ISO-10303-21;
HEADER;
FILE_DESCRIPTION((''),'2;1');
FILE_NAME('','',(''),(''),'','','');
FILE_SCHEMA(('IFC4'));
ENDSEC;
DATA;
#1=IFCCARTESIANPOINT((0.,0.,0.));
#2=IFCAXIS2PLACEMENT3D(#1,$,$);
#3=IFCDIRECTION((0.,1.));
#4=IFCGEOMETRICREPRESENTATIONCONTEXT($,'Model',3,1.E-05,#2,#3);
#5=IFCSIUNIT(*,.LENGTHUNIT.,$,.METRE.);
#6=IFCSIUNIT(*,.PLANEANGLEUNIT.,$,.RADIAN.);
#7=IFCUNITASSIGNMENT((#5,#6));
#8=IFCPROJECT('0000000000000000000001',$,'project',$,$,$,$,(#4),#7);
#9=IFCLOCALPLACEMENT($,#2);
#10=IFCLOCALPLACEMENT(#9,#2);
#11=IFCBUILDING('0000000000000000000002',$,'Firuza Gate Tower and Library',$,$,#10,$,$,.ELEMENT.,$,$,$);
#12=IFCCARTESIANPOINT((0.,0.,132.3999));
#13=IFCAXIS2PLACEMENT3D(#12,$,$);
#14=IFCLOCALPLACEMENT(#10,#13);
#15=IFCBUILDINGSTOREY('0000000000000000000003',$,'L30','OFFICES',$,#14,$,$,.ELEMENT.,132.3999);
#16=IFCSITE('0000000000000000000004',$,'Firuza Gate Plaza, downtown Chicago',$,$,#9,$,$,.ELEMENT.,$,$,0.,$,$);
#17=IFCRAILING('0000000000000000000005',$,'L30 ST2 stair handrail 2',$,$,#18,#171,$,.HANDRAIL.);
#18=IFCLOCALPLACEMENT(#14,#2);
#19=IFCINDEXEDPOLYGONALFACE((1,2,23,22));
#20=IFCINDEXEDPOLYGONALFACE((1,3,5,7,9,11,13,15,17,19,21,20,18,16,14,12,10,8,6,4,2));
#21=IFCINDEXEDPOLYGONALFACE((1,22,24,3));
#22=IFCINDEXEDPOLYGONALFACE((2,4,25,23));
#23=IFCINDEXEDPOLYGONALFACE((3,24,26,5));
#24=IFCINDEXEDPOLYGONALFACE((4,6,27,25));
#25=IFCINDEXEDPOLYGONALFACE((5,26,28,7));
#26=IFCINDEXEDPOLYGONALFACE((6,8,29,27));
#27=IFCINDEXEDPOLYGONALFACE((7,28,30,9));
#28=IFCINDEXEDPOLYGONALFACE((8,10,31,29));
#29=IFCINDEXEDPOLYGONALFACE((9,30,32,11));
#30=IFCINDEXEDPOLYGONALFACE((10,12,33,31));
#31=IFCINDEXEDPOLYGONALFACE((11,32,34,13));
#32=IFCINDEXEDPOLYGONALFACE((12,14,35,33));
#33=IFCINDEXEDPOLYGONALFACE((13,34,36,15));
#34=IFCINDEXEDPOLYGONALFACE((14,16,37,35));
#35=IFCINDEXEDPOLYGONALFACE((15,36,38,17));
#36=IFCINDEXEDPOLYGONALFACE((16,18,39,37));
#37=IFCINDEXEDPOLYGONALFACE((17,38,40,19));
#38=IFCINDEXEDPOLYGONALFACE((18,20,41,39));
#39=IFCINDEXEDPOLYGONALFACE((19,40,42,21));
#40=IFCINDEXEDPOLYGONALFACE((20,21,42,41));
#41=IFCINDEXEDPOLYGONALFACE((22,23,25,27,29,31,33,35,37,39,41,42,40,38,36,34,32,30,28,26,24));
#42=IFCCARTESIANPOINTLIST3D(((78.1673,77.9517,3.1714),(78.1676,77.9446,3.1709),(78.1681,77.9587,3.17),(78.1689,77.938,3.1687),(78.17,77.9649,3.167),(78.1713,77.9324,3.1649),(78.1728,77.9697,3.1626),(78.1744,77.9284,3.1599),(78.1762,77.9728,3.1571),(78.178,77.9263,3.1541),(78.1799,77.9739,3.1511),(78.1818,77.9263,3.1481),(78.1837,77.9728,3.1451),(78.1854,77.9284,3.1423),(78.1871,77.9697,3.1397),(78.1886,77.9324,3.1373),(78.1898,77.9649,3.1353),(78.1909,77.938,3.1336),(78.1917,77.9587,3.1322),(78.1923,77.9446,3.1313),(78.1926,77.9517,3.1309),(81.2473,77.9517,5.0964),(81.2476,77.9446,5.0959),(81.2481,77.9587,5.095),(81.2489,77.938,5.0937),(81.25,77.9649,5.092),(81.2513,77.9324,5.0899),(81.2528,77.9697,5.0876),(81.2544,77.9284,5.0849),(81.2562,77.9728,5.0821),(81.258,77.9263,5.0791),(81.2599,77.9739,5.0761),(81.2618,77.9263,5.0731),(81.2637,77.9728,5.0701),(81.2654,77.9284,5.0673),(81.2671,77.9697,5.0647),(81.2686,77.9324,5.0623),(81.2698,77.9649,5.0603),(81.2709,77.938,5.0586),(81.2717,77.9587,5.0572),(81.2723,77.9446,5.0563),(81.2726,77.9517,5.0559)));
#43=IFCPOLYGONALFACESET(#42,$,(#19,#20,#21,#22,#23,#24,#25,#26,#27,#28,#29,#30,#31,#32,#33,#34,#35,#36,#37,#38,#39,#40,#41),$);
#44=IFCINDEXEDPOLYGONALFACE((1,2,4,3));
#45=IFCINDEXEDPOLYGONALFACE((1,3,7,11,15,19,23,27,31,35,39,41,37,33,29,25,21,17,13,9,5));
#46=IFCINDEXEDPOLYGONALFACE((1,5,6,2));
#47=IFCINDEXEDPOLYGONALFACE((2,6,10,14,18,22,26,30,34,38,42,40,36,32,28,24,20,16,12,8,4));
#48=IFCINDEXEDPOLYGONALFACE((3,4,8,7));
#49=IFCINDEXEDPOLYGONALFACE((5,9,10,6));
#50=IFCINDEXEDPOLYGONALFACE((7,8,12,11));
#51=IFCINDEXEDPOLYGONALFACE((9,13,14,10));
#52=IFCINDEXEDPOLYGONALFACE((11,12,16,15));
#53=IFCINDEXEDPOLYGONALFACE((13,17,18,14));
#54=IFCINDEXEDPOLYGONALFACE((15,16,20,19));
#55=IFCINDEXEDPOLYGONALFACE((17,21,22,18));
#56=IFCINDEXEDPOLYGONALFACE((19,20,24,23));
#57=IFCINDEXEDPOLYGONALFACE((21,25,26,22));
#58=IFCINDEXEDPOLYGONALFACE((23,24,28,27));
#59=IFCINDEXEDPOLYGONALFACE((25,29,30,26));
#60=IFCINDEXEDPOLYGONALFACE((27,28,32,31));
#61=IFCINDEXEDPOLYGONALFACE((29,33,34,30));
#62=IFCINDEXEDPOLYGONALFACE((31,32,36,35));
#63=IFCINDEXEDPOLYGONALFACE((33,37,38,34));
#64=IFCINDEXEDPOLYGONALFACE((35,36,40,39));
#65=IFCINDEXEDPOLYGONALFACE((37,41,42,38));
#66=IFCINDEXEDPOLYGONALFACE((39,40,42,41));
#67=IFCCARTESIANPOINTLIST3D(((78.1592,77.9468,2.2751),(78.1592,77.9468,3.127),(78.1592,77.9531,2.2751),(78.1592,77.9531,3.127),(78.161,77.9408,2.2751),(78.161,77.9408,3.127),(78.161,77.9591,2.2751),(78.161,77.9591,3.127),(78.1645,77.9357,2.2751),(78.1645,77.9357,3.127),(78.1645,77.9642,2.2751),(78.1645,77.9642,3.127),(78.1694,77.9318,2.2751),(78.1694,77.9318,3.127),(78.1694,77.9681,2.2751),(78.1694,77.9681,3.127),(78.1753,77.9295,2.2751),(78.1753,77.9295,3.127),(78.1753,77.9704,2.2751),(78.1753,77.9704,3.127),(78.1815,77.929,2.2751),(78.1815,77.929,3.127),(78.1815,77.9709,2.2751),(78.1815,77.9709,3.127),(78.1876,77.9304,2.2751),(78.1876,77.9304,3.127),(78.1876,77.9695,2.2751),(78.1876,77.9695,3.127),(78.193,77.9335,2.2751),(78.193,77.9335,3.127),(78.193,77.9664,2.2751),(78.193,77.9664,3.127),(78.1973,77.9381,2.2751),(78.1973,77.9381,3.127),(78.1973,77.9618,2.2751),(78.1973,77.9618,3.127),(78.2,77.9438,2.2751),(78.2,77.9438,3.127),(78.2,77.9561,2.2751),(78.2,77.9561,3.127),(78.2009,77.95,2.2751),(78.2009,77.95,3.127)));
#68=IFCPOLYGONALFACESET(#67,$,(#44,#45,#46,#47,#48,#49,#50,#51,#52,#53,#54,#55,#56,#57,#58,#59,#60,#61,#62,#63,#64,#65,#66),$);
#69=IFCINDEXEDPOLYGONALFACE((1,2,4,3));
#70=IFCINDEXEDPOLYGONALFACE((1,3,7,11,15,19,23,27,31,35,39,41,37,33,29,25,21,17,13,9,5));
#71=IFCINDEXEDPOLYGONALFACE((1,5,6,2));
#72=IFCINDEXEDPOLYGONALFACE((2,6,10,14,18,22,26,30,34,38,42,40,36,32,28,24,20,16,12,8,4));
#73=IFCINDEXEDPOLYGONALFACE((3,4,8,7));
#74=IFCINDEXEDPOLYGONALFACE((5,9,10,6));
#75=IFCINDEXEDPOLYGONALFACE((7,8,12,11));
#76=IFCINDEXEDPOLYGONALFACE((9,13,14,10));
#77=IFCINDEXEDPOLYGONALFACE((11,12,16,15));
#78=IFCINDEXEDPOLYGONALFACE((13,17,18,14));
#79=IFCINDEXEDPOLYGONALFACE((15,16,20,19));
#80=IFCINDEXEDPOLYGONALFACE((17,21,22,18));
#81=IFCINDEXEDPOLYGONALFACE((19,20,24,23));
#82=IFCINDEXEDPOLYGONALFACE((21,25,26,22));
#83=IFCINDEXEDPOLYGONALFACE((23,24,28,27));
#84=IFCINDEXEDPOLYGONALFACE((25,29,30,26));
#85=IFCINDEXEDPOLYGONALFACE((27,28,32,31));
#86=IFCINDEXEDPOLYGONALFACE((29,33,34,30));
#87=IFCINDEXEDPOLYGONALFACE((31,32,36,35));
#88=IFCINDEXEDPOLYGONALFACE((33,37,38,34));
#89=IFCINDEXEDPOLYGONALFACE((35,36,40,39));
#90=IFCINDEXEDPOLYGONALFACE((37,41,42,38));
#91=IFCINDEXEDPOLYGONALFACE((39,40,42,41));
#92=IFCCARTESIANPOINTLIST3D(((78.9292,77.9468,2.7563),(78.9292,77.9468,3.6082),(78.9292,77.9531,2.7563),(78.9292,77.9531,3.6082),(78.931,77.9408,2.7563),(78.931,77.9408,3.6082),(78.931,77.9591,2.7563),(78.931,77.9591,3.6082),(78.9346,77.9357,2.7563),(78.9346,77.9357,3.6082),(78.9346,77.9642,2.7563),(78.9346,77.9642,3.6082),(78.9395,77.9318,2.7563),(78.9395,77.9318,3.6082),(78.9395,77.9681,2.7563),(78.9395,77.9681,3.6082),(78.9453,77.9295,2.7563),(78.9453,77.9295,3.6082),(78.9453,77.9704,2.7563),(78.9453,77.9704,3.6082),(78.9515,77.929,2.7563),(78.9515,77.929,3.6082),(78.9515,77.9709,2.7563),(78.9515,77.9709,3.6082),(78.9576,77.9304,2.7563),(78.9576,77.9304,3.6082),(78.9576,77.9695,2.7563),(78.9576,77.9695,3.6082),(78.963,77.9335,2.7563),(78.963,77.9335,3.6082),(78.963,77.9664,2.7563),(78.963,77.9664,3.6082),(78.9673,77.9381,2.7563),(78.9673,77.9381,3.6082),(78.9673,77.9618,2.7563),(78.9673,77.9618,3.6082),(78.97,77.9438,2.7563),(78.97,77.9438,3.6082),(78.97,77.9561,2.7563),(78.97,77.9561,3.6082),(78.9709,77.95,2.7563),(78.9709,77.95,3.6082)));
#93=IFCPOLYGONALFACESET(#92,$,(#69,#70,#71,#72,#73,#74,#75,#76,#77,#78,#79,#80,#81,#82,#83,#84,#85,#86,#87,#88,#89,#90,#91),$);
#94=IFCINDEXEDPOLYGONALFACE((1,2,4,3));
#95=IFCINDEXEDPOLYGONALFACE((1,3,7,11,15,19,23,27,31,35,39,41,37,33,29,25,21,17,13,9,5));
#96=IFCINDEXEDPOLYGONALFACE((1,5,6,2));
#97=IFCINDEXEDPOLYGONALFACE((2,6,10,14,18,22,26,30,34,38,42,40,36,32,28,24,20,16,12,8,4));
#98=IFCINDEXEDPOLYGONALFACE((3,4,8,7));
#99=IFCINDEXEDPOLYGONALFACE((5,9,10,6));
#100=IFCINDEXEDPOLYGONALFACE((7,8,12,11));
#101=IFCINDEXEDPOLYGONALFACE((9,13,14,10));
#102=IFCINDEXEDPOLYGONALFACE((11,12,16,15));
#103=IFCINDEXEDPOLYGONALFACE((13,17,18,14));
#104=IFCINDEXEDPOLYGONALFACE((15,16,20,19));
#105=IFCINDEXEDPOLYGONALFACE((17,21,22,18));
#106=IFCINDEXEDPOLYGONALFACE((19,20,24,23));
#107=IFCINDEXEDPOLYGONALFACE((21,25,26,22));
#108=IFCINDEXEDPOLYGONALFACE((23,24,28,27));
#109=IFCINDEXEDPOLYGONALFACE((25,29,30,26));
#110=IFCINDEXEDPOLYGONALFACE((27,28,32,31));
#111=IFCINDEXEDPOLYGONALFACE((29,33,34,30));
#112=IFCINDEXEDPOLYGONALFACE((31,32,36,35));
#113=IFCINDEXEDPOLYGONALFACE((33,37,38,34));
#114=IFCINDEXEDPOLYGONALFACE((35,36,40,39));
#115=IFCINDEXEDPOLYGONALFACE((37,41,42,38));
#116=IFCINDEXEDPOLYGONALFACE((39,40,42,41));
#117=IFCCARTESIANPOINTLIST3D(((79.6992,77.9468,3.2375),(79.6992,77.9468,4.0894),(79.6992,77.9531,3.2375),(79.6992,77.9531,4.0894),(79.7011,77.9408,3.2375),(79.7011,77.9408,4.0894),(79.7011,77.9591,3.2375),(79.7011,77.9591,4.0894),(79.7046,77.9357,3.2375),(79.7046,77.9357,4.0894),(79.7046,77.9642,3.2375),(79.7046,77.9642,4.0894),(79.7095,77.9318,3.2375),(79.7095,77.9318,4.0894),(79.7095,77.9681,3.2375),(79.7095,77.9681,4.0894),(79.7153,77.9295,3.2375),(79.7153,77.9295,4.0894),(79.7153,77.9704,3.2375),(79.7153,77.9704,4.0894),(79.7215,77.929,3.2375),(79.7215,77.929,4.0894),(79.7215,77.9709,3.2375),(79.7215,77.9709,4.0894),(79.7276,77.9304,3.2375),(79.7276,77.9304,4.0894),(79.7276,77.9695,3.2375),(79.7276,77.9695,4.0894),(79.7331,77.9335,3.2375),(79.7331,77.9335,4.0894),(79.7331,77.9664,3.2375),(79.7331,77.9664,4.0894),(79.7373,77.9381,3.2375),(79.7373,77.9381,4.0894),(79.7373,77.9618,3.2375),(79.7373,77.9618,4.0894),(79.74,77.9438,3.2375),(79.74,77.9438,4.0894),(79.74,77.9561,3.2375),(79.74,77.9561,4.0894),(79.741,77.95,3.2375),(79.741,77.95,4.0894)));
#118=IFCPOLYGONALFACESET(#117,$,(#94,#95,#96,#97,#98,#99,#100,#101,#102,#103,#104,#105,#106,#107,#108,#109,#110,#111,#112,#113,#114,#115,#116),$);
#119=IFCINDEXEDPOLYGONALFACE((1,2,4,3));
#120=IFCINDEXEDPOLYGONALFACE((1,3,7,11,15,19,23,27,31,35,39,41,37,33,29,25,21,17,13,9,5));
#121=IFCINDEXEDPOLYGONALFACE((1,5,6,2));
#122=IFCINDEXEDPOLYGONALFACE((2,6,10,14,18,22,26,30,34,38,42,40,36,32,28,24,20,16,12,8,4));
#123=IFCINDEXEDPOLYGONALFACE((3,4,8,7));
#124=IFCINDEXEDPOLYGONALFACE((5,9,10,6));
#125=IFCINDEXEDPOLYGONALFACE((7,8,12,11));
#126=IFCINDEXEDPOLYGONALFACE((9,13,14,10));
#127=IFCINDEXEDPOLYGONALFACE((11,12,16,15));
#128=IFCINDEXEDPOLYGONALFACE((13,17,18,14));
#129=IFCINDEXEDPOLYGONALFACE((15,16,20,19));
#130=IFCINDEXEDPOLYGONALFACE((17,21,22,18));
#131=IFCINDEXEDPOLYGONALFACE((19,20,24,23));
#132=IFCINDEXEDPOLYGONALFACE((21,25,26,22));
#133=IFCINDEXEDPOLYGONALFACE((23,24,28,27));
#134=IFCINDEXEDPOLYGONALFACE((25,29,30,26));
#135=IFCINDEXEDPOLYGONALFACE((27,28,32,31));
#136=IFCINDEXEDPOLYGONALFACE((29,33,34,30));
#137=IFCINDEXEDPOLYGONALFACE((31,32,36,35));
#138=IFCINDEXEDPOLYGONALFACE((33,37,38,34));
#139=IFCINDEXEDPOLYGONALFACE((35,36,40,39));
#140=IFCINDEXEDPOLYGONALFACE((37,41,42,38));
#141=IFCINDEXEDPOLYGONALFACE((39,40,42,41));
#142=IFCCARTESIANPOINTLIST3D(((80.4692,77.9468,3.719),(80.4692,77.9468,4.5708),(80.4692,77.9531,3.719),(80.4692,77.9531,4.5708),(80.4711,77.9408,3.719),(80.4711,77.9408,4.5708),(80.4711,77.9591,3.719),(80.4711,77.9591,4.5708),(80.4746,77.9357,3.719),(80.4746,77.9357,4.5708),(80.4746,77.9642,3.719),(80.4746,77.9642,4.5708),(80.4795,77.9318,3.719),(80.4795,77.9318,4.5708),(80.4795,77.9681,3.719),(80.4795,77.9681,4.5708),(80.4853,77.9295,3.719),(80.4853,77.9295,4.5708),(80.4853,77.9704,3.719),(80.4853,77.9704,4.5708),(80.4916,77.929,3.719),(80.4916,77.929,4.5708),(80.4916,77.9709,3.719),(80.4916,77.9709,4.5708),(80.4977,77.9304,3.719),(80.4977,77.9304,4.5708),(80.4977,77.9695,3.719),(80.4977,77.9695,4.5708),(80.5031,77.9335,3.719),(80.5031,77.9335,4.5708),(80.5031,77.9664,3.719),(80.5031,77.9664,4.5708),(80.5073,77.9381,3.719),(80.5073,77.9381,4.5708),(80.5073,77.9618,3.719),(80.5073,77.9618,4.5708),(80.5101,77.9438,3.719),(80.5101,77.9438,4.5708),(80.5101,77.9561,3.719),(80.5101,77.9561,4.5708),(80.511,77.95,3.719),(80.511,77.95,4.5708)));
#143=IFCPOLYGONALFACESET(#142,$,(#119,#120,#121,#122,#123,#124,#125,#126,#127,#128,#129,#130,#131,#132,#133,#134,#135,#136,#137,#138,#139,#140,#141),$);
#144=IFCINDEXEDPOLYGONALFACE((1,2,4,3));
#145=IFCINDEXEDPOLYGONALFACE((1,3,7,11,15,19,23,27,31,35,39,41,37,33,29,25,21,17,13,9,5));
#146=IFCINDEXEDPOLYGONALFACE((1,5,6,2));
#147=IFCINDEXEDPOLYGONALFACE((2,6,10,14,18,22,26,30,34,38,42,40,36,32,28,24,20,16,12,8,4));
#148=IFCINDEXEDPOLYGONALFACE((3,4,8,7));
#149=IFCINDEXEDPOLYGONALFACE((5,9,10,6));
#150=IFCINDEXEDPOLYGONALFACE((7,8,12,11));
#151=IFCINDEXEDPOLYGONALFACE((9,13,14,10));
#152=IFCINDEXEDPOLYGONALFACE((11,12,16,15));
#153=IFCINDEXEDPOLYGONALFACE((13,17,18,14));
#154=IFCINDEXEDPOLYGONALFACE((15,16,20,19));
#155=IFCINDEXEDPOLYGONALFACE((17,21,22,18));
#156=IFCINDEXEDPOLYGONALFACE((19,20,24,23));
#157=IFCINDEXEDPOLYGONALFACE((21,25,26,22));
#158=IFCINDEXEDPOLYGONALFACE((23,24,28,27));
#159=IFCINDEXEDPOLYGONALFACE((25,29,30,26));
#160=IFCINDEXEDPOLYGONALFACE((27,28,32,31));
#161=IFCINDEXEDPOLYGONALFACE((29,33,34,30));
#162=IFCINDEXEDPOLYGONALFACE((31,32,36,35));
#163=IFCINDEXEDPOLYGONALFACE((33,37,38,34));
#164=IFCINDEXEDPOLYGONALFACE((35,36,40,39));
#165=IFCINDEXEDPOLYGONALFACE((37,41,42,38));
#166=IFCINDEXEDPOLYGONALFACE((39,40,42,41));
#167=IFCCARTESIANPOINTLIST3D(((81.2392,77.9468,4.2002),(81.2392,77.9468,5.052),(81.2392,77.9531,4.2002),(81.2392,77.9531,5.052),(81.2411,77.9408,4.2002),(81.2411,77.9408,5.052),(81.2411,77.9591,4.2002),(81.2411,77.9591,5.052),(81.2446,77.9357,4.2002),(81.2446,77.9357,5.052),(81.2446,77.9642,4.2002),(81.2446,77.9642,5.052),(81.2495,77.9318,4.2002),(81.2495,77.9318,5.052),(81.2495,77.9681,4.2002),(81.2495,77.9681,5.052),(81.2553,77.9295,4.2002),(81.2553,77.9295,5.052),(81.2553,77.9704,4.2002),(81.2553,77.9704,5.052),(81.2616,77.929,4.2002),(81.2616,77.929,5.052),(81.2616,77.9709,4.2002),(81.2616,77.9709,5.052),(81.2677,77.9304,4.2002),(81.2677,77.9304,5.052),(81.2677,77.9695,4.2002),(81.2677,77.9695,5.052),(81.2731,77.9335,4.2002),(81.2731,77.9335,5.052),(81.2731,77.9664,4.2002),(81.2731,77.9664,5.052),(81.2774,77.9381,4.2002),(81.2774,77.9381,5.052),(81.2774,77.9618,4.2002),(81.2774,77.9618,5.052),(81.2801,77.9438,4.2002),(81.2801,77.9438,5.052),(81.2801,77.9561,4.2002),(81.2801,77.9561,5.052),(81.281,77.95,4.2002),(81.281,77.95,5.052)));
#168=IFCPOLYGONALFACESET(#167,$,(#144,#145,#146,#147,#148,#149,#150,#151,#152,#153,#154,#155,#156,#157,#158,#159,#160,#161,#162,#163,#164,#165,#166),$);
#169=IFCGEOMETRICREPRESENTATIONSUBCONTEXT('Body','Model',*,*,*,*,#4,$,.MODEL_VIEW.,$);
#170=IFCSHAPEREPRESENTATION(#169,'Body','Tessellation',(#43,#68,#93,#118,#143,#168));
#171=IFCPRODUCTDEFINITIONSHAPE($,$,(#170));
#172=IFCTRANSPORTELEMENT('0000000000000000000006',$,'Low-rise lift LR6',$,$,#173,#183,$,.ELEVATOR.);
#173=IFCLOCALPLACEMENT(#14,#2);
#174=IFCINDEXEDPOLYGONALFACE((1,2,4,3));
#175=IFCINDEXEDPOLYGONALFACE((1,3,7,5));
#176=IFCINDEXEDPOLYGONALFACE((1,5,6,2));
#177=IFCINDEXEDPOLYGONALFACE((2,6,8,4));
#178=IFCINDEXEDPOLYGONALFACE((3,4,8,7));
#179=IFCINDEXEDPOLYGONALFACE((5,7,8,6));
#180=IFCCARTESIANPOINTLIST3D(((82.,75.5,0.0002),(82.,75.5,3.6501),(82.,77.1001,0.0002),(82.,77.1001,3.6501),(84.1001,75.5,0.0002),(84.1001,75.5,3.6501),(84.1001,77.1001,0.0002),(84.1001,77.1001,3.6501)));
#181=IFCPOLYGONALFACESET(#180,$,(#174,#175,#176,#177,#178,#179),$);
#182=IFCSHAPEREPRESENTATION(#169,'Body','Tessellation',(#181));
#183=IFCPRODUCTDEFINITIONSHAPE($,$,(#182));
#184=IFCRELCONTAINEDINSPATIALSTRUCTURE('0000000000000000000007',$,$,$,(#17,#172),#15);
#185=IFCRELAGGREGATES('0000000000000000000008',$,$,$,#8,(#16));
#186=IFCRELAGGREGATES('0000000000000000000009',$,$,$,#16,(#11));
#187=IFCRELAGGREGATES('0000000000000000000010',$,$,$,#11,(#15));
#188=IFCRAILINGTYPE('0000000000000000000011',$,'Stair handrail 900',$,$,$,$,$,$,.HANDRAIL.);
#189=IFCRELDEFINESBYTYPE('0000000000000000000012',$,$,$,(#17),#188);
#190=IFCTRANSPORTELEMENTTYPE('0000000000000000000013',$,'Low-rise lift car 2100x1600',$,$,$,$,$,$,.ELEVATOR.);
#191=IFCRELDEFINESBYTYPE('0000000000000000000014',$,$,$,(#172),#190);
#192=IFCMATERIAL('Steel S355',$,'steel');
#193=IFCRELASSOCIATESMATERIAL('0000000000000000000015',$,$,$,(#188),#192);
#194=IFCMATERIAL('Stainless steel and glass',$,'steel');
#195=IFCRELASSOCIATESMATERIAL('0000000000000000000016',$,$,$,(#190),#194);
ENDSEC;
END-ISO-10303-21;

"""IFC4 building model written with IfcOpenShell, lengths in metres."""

from ifc_helpers import new_model, si_unit, direction, frame, origin, origin_2d, place, context, subcontext, project, spatial, rectangle, circle, extrude, material, type_object, element, save


model = new_model("IFC4")

# Units and contexts
model_context = context("Model", 3, precision=1e-05, world=origin(), true_north=direction((0.0, 1.0)))
body_context = subcontext(model_context, "Body", "Model", "MODEL_VIEW")
ifc_project = project(units=[si_unit("LENGTHUNIT", "METRE"), si_unit("PLANEANGLEUNIT", "RADIAN")], contexts=[model_context])

# Site, building, storey
site_placement = place(None, origin())
site = spatial("IfcSite", under=ifc_project, at=site_placement, Name="Firuza Gate Plaza, downtown Chicago", CompositionType="ELEMENT", RefElevation=0.0)
building_placement = place(site_placement, origin())
building = spatial("IfcBuilding", under=site, at=building_placement, Name="Firuza Gate Tower and Library", CompositionType="ELEMENT")
storey_placement = place(building_placement, frame((0.0, 0.0, 132.3999)))
storey = spatial("IfcBuildingStorey", under=building, at=storey_placement, Name="L30", Description="OFFICES", CompositionType="ELEMENT", Elevation=132.3999)

# Railing
ifc_material_1 = material(Name="Steel S355", Category="steel")
railing_type_1 = type_object("IfcRailingType", Name="Stair handrail 900", PredefinedType="HANDRAIL", material=ifc_material_1)
railing_1_placement = place(storey_placement, frame((78.1799, 77.95, 2.2751)))
element("IfcRailing", 1, at=railing_1_placement, inside=storey, type_object=railing_type_1, Name="L30 ST2 stair handrail 2", PredefinedType="HANDRAIL", context=body_context, shape_type="SweptSolid", body=[
    extrude(circle(Radius=0.0239, at=origin_2d()), frame((0.0, 0.0, 0.876), z_axis=(0.847998, 0.0, 0.529999), x_axis=(0.0, 1.0, 0.0)), (0.0, 0.0, 1.0), 3.6321),
    extrude(circle(Radius=0.021, at=origin_2d()), origin(), (0.0, 0.0, 1.0), 0.8518),
    extrude(circle(Radius=0.021, at=origin_2d()), frame((0.77, 0.0, 0.4812)), (0.0, 0.0, 1.0), 0.8518),
    extrude(circle(Radius=0.021, at=origin_2d()), frame((1.54, 0.0, 0.9624)), (0.0, 0.0, 1.0), 0.8518),
    extrude(circle(Radius=0.021, at=origin_2d()), frame((2.3101, 0.0, 1.4438)), (0.0, 0.0, 1.0), 0.8518),
    extrude(circle(Radius=0.021, at=origin_2d()), frame((3.0801, 0.0, 1.925)), (0.0, 0.0, 1.0), 0.8518),
])

# Transport element
ifc_material_2 = material(Name="Stainless steel and glass", Category="steel")
transport_element_type = type_object("IfcTransportElementType", Name="Low-rise lift car 2100x1600", PredefinedType="ELEVATOR", material=ifc_material_2)
transport_element_placement = place(storey_placement, frame((83.05, 76.3, 0.0002), z_axis=(0.0, 0.0, 1.0), x_axis=(1.0, 0.0, 0.0)))
element("IfcTransportElement", 2, at=transport_element_placement, inside=storey, type_object=transport_element_type, Name="Low-rise lift LR6", PredefinedType="ELEVATOR", context=body_context, shape_type="SweptSolid", body=[
    extrude(rectangle(XDim=2.1001, YDim=1.6001, at=origin_2d()), origin(), (0.0, 0.0, 1.0), 3.6499),
])

save(model, "model.ifc")
